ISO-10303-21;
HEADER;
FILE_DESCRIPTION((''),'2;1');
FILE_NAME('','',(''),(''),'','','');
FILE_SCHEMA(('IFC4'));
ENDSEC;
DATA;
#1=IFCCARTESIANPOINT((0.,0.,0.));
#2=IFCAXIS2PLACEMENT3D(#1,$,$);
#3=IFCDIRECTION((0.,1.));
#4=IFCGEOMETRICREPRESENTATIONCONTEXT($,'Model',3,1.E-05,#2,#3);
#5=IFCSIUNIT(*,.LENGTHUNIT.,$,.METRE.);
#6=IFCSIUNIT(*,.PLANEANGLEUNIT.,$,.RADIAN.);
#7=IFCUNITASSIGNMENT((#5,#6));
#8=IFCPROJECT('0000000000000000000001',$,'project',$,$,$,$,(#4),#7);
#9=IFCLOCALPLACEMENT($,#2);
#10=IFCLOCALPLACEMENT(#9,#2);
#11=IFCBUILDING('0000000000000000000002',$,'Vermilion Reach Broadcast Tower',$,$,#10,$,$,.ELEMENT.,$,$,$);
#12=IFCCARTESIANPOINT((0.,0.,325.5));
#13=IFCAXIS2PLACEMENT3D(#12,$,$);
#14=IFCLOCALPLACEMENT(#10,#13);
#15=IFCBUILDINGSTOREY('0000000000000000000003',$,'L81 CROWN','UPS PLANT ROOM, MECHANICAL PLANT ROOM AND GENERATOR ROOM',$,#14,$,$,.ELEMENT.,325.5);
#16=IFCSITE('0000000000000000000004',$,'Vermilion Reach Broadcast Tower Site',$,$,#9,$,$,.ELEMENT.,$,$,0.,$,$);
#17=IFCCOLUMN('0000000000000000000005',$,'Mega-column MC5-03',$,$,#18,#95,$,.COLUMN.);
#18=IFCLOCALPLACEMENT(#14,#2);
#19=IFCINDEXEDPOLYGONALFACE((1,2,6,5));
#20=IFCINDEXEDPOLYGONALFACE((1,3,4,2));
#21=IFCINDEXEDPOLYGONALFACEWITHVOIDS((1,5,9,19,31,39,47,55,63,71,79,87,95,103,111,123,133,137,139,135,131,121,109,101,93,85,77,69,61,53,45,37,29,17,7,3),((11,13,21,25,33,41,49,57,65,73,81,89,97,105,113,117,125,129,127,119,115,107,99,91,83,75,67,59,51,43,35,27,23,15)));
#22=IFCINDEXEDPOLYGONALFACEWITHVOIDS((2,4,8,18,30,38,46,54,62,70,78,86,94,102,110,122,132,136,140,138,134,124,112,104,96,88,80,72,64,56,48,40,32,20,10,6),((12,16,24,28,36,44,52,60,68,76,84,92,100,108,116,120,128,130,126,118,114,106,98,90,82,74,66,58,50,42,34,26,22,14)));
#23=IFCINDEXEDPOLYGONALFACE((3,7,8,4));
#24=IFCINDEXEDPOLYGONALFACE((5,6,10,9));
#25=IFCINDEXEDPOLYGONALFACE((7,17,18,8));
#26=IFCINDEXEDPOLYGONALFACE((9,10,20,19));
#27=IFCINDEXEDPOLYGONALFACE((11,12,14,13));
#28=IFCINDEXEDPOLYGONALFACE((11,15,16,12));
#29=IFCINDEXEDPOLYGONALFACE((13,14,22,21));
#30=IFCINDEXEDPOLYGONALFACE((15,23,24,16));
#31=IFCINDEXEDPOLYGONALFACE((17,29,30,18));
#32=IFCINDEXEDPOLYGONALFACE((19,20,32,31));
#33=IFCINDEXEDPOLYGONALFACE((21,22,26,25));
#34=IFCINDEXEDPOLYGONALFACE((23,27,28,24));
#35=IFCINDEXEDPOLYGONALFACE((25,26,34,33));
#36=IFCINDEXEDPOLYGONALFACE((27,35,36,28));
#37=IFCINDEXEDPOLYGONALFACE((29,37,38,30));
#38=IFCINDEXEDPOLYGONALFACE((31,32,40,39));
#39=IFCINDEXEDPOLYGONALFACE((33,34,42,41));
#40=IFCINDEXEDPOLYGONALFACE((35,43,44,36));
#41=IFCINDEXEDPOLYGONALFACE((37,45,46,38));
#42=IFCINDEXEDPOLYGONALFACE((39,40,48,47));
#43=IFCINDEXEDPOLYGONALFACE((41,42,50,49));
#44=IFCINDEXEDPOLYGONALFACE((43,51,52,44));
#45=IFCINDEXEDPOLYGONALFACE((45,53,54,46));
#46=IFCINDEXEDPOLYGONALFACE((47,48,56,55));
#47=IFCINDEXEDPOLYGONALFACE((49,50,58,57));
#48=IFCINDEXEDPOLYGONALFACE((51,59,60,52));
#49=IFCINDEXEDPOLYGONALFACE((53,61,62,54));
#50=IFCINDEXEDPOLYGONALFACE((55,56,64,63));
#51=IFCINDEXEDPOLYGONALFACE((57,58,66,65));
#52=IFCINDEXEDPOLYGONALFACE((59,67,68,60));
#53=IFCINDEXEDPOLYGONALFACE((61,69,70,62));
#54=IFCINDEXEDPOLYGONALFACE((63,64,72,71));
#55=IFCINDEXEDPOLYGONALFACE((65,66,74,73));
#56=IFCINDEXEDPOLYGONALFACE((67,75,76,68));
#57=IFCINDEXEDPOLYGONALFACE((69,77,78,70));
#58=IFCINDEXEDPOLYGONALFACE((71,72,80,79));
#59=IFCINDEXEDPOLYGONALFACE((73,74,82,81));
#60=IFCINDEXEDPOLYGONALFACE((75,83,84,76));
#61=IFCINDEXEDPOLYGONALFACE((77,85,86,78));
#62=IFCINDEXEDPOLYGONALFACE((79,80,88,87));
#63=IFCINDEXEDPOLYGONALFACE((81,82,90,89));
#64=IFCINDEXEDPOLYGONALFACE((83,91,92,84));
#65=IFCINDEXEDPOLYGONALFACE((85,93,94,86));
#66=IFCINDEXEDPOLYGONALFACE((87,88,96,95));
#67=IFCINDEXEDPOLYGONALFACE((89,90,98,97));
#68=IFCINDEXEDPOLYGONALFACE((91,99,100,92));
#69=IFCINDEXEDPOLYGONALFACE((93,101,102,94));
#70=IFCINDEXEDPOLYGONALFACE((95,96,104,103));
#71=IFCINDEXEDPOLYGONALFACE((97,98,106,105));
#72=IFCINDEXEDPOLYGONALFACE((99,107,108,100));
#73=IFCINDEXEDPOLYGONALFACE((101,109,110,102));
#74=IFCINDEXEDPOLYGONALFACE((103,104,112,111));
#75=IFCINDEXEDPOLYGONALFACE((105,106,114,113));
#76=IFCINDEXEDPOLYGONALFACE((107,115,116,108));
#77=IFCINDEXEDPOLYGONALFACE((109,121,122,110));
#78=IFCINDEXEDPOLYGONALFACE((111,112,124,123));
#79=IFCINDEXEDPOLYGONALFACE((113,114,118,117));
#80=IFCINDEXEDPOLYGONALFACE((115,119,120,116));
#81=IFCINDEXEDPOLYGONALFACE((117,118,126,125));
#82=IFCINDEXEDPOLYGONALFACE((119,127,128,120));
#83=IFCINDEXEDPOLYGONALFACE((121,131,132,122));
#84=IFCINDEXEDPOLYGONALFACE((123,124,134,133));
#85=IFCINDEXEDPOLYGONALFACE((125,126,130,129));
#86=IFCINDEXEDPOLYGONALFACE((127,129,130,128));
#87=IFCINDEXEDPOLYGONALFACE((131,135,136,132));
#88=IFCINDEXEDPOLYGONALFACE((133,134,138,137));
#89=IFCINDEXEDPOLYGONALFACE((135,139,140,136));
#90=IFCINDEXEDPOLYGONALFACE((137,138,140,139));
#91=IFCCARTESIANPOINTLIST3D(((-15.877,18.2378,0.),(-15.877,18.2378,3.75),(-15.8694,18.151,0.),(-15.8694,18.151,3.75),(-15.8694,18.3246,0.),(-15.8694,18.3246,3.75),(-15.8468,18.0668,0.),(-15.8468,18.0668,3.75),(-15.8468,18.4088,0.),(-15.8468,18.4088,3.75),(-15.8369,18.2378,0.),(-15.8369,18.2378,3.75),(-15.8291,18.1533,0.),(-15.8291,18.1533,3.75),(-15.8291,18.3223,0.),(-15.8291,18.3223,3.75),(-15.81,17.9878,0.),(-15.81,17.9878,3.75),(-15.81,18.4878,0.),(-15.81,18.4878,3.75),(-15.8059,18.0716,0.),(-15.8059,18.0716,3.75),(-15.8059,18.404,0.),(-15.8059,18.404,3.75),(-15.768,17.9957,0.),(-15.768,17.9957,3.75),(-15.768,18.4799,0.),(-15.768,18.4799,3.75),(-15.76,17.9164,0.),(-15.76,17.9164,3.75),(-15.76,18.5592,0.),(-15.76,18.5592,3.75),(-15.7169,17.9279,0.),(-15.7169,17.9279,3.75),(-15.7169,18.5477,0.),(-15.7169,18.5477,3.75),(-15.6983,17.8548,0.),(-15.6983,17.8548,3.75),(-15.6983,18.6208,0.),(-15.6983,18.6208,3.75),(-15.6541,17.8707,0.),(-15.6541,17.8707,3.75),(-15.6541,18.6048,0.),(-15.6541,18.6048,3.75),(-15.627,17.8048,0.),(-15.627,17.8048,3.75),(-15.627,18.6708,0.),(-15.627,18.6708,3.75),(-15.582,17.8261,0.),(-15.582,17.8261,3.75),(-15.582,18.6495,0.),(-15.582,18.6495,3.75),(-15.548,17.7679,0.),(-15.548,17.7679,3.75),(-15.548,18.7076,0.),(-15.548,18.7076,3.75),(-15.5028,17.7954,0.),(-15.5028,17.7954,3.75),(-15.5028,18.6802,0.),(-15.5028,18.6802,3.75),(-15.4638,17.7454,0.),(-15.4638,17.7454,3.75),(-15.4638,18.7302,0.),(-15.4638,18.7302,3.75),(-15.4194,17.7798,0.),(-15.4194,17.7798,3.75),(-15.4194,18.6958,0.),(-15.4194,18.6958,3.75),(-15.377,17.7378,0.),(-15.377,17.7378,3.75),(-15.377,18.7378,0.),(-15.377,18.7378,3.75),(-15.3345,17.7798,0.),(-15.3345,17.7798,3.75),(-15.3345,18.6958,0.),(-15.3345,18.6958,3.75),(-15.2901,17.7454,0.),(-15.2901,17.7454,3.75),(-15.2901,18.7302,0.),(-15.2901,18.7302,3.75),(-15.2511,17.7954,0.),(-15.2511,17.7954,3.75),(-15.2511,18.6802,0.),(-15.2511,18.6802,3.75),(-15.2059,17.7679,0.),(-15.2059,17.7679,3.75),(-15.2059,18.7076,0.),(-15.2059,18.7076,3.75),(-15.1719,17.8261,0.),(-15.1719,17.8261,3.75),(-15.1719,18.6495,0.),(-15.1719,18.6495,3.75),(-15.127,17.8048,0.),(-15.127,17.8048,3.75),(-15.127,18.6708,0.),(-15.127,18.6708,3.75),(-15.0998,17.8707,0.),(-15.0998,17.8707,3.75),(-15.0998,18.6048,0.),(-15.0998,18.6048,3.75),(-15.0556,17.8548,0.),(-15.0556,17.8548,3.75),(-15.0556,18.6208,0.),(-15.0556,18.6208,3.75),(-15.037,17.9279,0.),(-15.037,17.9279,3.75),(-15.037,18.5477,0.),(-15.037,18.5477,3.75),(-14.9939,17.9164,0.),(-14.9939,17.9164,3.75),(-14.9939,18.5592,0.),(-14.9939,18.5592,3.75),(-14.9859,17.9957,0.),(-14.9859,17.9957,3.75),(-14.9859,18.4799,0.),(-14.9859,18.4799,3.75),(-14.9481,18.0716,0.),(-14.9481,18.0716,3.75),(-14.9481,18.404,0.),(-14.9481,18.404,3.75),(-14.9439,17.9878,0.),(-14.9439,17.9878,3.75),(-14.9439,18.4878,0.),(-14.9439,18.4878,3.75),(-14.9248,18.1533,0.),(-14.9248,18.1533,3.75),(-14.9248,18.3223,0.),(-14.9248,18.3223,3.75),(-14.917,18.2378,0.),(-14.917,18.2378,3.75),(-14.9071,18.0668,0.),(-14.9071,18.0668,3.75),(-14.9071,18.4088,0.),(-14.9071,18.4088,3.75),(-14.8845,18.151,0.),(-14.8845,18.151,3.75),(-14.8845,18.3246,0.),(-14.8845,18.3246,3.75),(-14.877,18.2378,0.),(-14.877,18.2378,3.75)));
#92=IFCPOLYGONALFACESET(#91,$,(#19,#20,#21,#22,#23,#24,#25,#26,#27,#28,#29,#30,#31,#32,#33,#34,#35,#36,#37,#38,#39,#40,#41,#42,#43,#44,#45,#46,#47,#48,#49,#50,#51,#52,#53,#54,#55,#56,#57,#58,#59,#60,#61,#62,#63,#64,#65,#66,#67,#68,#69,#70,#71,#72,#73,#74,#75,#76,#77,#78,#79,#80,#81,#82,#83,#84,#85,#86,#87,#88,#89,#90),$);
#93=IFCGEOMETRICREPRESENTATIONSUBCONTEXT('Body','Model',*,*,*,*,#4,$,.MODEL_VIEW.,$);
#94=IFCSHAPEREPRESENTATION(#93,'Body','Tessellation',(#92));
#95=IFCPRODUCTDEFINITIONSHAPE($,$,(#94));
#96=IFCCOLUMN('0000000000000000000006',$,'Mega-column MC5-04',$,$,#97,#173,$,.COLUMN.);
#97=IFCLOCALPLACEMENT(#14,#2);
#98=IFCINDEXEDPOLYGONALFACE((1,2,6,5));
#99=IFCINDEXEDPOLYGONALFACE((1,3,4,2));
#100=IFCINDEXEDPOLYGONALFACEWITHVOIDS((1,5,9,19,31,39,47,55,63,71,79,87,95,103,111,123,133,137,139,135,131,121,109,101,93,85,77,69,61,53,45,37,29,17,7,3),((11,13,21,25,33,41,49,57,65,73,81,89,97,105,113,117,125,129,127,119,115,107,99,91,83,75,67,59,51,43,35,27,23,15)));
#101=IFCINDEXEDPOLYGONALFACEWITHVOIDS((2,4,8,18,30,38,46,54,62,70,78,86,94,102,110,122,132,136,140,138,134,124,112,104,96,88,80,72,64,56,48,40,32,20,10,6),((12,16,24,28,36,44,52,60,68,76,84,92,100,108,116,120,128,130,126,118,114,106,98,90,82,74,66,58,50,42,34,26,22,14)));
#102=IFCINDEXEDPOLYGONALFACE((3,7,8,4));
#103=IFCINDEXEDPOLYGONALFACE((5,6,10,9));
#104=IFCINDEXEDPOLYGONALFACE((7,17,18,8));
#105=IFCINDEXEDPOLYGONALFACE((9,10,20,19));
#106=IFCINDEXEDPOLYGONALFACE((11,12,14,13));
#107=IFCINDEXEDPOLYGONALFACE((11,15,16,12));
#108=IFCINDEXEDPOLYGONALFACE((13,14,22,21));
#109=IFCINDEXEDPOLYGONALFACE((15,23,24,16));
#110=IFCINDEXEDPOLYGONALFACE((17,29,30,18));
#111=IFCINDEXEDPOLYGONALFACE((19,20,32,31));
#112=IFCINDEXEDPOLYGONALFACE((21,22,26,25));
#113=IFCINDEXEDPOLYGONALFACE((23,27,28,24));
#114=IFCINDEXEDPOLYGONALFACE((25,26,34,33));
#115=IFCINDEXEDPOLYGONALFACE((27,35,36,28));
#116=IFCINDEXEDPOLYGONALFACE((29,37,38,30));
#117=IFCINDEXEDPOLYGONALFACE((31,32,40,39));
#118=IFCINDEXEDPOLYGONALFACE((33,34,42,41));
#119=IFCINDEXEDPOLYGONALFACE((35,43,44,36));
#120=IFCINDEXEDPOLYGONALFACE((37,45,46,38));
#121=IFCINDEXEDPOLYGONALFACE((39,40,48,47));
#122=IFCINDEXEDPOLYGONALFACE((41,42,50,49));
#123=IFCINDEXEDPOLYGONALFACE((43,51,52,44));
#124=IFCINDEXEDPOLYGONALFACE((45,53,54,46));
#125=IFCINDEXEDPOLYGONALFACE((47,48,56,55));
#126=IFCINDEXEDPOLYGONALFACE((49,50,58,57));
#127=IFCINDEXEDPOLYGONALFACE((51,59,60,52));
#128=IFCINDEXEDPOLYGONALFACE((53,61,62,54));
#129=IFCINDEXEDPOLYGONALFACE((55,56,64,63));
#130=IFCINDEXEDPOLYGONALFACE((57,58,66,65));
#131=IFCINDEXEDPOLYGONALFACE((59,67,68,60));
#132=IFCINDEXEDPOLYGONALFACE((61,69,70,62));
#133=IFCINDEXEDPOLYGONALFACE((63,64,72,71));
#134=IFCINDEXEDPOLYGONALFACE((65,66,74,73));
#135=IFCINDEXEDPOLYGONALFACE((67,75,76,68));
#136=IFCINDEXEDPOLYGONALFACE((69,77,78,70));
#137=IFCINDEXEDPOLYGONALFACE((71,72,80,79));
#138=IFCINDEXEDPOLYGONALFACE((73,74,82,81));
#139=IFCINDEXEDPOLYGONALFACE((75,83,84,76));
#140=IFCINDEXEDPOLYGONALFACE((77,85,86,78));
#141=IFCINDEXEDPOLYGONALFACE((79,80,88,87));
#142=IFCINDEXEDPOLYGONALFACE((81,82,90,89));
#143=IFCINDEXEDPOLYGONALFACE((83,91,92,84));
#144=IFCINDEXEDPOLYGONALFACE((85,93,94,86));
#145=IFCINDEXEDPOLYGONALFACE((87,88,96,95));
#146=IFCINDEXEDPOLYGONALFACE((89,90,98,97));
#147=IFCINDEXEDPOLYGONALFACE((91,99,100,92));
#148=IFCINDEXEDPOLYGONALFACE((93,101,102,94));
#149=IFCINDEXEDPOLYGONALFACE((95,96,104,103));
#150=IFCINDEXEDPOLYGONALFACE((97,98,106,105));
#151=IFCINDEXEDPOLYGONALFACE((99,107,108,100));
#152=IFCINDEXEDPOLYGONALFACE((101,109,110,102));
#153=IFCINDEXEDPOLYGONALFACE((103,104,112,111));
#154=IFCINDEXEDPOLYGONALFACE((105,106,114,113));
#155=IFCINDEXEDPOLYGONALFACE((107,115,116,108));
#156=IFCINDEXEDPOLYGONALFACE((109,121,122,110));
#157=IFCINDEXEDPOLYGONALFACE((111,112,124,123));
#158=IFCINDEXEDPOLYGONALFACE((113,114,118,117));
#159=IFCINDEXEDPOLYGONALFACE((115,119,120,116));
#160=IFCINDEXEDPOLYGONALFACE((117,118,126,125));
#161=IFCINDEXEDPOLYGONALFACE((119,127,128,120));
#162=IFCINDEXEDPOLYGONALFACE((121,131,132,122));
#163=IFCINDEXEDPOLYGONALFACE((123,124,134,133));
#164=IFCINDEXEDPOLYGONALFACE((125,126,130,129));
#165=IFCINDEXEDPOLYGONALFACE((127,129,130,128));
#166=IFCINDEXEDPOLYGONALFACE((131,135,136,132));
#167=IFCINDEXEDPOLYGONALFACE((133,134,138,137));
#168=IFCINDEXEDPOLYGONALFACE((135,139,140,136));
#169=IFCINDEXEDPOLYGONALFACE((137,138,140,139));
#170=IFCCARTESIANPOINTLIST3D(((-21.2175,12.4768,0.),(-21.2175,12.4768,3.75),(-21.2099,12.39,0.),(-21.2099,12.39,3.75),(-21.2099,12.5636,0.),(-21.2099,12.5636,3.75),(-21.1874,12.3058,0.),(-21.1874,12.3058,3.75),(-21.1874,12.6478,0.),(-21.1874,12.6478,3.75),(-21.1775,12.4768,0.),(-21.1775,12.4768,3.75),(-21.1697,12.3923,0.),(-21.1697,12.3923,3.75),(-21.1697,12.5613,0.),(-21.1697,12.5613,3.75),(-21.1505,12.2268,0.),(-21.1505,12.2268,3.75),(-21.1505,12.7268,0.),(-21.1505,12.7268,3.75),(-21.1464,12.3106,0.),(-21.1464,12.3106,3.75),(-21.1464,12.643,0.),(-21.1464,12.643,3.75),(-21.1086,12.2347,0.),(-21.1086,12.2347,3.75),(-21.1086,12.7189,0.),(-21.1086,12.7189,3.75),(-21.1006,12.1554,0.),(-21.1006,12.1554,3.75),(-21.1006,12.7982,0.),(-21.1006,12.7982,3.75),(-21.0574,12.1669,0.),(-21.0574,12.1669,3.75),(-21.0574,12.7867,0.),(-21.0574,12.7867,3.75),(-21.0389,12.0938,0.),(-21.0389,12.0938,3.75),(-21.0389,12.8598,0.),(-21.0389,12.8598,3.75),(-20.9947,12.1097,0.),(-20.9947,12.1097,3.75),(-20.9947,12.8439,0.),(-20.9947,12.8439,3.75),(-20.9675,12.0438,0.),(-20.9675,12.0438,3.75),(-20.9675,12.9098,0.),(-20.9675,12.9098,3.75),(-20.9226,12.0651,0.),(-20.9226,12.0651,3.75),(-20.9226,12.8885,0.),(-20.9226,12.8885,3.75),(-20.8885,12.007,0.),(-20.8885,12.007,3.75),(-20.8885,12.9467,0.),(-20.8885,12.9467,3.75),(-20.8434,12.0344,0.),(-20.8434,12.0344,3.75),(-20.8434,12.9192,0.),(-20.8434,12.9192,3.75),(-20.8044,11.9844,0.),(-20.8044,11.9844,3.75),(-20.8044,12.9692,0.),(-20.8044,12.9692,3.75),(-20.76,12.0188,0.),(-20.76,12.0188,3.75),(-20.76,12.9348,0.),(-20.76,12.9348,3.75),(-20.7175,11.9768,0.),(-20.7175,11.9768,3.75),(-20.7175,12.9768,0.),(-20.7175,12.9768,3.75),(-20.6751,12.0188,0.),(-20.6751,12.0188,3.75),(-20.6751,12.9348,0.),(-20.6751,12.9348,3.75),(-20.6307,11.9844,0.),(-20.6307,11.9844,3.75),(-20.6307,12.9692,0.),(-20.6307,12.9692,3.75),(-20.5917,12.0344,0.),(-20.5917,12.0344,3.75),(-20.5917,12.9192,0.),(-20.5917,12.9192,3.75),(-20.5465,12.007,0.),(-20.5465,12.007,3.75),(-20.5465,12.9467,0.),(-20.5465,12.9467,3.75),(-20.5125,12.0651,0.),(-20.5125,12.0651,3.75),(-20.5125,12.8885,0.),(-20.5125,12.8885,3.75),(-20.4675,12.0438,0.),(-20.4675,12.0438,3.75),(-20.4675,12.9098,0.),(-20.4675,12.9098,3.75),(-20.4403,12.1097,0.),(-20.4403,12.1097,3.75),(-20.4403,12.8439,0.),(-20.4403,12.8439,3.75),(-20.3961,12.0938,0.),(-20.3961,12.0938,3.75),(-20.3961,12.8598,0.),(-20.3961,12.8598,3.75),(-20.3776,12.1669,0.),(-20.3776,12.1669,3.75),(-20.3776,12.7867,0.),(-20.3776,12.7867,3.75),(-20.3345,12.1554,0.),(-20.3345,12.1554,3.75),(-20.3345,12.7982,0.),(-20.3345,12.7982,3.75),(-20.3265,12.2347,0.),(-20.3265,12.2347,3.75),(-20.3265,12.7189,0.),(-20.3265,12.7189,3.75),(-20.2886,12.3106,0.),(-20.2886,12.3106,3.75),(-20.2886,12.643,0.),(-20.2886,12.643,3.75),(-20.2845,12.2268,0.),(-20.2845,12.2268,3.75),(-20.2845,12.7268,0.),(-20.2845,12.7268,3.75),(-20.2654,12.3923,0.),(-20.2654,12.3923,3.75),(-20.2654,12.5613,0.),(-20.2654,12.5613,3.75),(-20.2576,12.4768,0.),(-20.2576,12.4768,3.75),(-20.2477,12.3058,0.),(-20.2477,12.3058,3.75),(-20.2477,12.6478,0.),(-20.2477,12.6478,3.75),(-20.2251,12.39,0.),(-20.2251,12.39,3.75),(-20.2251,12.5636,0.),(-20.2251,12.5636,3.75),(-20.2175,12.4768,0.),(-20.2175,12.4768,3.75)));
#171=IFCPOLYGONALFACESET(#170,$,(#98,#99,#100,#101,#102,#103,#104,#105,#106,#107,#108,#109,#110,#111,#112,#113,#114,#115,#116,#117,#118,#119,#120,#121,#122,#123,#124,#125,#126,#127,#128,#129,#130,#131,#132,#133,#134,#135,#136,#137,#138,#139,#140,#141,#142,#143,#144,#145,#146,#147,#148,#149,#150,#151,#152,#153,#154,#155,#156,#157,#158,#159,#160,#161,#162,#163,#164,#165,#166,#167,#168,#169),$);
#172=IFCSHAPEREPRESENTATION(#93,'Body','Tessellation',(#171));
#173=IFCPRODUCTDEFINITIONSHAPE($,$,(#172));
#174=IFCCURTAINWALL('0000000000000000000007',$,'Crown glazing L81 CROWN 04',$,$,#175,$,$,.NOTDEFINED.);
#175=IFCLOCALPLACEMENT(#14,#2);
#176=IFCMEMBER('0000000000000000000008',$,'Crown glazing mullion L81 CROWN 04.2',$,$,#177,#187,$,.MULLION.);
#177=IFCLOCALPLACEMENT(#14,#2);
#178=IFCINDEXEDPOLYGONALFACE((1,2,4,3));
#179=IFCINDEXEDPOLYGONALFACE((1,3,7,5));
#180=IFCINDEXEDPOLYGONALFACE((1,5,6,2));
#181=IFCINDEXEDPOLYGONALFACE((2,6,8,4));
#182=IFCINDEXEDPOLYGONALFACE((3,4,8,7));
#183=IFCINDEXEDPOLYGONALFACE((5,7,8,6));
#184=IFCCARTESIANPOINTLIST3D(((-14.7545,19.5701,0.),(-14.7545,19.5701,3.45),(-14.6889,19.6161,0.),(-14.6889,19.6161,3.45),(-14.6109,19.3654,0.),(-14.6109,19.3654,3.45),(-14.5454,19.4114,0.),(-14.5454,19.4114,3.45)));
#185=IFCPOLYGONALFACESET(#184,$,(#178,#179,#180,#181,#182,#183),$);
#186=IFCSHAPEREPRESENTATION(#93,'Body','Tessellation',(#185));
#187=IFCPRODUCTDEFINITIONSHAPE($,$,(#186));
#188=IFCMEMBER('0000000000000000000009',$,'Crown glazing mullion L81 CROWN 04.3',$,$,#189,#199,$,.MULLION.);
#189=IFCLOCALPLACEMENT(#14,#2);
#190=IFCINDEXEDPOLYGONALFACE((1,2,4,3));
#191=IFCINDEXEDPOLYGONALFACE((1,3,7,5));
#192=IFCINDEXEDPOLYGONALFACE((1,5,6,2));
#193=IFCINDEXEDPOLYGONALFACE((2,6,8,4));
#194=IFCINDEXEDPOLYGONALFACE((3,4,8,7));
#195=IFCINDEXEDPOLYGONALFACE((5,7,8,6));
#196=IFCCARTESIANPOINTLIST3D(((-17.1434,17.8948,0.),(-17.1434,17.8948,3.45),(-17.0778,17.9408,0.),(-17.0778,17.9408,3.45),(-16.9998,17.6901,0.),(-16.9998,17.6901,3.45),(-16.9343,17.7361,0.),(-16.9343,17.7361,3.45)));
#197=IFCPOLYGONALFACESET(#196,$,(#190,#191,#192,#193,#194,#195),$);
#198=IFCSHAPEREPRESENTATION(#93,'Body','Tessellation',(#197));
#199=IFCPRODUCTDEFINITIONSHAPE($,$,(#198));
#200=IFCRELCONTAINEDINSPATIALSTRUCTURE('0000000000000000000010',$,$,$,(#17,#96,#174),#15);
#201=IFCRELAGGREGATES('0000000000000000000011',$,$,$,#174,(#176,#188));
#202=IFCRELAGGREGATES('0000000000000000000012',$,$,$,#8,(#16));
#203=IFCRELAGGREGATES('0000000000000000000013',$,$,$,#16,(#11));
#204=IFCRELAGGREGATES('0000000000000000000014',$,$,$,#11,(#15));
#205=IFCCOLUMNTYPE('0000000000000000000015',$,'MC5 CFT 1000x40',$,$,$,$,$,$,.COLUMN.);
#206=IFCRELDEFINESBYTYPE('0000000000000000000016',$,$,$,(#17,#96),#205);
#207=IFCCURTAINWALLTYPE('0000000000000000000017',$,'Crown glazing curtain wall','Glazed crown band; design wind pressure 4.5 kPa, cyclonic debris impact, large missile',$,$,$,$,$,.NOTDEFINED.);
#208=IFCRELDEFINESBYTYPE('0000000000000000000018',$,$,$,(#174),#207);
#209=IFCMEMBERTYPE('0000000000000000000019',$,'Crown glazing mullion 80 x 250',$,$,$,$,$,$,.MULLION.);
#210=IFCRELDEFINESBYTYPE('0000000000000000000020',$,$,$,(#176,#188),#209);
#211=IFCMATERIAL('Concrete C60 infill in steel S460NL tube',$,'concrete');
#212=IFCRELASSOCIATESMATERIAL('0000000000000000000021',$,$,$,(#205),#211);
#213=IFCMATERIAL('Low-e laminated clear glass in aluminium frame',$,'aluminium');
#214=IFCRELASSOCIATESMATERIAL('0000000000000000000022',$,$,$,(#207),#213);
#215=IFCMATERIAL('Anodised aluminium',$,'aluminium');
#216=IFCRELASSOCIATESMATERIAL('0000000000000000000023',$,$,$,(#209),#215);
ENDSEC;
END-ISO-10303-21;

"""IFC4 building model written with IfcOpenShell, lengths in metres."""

from ifc_helpers import new_model, si_unit, direction, frame, origin, origin_2d, place, context, subcontext, project, spatial, rectangle, hollow_circle, extrude, material, material_profile, profile_set, type_object, element, aggregate, save


model = new_model("IFC4")

# Units and contexts
model_context = context("Model", 3, precision=1e-05, world=origin(), true_north=direction((0.0, 1.0)))
body_context = subcontext(model_context, "Body", "Model", "MODEL_VIEW")
ifc_project = project(units=[si_unit("LENGTHUNIT", "METRE"), si_unit("PLANEANGLEUNIT", "RADIAN")], contexts=[model_context])

# Site, building, storey
site_placement = place(None, origin())
site = spatial("IfcSite", under=ifc_project, at=site_placement, Name="Vermilion Reach Broadcast Tower Site", CompositionType="ELEMENT", RefElevation=0.0)
building_placement = place(site_placement, origin())
building = spatial("IfcBuilding", under=site, at=building_placement, Name="Vermilion Reach Broadcast Tower", CompositionType="ELEMENT")
storey_placement = place(building_placement, frame((0.0, 0.0, 325.5)))
storey = spatial("IfcBuildingStorey", under=building, at=storey_placement, Name="L81 CROWN", Description="UPS PLANT ROOM, MECHANICAL PLANT ROOM AND GENERATOR ROOM", CompositionType="ELEMENT", Elevation=325.5)

# Columns
ifc_material_1 = material(Name="Concrete C60 infill in steel S460NL tube", Category="concrete")
ifc_material_profile_1 = material_profile(ifc_material_1, hollow_circle(Radius=0.5, WallThickness=0.04, at=origin_2d()), Name="Concrete C60 infill in steel S460NL tube CFT 1000x40")
ifc_profile_set_1 = profile_set([ifc_material_profile_1], Name="Concrete C60 infill in steel S460NL tube")
column_type = type_object("IfcColumnType", Name="MC5 CFT 1000x40", PredefinedType="COLUMN", material=ifc_profile_set_1)
for number, where, z_axis, x_axis, name in (
    (1, (-15.377, 18.2378, 0.0), (0.0, 0.0, 1.0), (1.0, 0.0, 0.0), "Mega-column MC5-03"),
    (2, (-20.7175, 12.4768, 0.0), (0.0, 0.0, 1.0), (1.0, 0.0, 0.0), "Mega-column MC5-04"),
):
    element("IfcColumn", number, at=place(storey_placement, frame(where, z_axis=z_axis, x_axis=x_axis)), inside=storey, type_object=column_type, Name=name, PredefinedType="COLUMN", context=body_context, shape_type="SweptSolid", body=[
        extrude(hollow_circle(Radius=0.5, WallThickness=0.04, at=origin_2d()), origin(), (0.0, 0.0, 1.0), 3.75),
    ])

# Curtain wall, members
ifc_material_2 = material(Name="Low-e laminated clear glass in aluminium frame", Category="aluminium")
curtain_wall_type = type_object("IfcCurtainWallType", Name="Crown glazing curtain wall", Description="Glazed crown band; design wind pressure 4.5 kPa, cyclonic debris impact, large missile", PredefinedType="NOTDEFINED", material=ifc_material_2)
placement = place(storey_placement, origin())
curtain_wall_1 = element("IfcCurtainWall", 3, at=placement, inside=storey, type_object=curtain_wall_type, Name="Crown glazing L81 CROWN 04", PredefinedType="NOTDEFINED")
ifc_material_3 = material(Name="Anodised aluminium", Category="aluminium")
ifc_material_profile_2 = material_profile(ifc_material_3, rectangle(XDim=0.25, YDim=0.0801, at=origin_2d()), Name="Crown glazing mullion 80 x 250")
ifc_profile_set_2 = profile_set([ifc_material_profile_2], Name="Anodised aluminium")
member_type_1 = type_object("IfcMemberType", Name="Crown glazing mullion 80 x 250", PredefinedType="MULLION", material=ifc_profile_set_2)
member_1_placement = place(storey_placement, frame((-14.6499, 19.4907, 0.0), z_axis=(0.0, 0.0, 1.0), x_axis=(0.574164, -0.81874, 0.0)))
member_1 = element("IfcMember", 4, at=member_1_placement, type_object=member_type_1, Name="Crown glazing mullion L81 CROWN 04.2", PredefinedType="MULLION", context=body_context, shape_type="SweptSolid", body=[
    extrude(rectangle(XDim=0.25, YDim=0.0801, at=origin_2d()), origin(), (0.0, 0.0, 1.0), 3.45),
])
member_2_placement = place(storey_placement, frame((-17.0388, 17.8154, 0.0), z_axis=(0.0, 0.0, 1.0), x_axis=(0.574164, -0.81874, 0.0)))
member_2 = element("IfcMember", 5, at=member_2_placement, type_object=member_type_1, Name="Crown glazing mullion L81 CROWN 04.3", PredefinedType="MULLION", context=body_context, shape_type="SweptSolid", body=[
    extrude(rectangle(XDim=0.25, YDim=0.0801, at=origin_2d()), origin(), (0.0, 0.0, 1.0), 3.45),
])

aggregate(curtain_wall_1, [member_1, member_2])

save(model, "model.ifc")
